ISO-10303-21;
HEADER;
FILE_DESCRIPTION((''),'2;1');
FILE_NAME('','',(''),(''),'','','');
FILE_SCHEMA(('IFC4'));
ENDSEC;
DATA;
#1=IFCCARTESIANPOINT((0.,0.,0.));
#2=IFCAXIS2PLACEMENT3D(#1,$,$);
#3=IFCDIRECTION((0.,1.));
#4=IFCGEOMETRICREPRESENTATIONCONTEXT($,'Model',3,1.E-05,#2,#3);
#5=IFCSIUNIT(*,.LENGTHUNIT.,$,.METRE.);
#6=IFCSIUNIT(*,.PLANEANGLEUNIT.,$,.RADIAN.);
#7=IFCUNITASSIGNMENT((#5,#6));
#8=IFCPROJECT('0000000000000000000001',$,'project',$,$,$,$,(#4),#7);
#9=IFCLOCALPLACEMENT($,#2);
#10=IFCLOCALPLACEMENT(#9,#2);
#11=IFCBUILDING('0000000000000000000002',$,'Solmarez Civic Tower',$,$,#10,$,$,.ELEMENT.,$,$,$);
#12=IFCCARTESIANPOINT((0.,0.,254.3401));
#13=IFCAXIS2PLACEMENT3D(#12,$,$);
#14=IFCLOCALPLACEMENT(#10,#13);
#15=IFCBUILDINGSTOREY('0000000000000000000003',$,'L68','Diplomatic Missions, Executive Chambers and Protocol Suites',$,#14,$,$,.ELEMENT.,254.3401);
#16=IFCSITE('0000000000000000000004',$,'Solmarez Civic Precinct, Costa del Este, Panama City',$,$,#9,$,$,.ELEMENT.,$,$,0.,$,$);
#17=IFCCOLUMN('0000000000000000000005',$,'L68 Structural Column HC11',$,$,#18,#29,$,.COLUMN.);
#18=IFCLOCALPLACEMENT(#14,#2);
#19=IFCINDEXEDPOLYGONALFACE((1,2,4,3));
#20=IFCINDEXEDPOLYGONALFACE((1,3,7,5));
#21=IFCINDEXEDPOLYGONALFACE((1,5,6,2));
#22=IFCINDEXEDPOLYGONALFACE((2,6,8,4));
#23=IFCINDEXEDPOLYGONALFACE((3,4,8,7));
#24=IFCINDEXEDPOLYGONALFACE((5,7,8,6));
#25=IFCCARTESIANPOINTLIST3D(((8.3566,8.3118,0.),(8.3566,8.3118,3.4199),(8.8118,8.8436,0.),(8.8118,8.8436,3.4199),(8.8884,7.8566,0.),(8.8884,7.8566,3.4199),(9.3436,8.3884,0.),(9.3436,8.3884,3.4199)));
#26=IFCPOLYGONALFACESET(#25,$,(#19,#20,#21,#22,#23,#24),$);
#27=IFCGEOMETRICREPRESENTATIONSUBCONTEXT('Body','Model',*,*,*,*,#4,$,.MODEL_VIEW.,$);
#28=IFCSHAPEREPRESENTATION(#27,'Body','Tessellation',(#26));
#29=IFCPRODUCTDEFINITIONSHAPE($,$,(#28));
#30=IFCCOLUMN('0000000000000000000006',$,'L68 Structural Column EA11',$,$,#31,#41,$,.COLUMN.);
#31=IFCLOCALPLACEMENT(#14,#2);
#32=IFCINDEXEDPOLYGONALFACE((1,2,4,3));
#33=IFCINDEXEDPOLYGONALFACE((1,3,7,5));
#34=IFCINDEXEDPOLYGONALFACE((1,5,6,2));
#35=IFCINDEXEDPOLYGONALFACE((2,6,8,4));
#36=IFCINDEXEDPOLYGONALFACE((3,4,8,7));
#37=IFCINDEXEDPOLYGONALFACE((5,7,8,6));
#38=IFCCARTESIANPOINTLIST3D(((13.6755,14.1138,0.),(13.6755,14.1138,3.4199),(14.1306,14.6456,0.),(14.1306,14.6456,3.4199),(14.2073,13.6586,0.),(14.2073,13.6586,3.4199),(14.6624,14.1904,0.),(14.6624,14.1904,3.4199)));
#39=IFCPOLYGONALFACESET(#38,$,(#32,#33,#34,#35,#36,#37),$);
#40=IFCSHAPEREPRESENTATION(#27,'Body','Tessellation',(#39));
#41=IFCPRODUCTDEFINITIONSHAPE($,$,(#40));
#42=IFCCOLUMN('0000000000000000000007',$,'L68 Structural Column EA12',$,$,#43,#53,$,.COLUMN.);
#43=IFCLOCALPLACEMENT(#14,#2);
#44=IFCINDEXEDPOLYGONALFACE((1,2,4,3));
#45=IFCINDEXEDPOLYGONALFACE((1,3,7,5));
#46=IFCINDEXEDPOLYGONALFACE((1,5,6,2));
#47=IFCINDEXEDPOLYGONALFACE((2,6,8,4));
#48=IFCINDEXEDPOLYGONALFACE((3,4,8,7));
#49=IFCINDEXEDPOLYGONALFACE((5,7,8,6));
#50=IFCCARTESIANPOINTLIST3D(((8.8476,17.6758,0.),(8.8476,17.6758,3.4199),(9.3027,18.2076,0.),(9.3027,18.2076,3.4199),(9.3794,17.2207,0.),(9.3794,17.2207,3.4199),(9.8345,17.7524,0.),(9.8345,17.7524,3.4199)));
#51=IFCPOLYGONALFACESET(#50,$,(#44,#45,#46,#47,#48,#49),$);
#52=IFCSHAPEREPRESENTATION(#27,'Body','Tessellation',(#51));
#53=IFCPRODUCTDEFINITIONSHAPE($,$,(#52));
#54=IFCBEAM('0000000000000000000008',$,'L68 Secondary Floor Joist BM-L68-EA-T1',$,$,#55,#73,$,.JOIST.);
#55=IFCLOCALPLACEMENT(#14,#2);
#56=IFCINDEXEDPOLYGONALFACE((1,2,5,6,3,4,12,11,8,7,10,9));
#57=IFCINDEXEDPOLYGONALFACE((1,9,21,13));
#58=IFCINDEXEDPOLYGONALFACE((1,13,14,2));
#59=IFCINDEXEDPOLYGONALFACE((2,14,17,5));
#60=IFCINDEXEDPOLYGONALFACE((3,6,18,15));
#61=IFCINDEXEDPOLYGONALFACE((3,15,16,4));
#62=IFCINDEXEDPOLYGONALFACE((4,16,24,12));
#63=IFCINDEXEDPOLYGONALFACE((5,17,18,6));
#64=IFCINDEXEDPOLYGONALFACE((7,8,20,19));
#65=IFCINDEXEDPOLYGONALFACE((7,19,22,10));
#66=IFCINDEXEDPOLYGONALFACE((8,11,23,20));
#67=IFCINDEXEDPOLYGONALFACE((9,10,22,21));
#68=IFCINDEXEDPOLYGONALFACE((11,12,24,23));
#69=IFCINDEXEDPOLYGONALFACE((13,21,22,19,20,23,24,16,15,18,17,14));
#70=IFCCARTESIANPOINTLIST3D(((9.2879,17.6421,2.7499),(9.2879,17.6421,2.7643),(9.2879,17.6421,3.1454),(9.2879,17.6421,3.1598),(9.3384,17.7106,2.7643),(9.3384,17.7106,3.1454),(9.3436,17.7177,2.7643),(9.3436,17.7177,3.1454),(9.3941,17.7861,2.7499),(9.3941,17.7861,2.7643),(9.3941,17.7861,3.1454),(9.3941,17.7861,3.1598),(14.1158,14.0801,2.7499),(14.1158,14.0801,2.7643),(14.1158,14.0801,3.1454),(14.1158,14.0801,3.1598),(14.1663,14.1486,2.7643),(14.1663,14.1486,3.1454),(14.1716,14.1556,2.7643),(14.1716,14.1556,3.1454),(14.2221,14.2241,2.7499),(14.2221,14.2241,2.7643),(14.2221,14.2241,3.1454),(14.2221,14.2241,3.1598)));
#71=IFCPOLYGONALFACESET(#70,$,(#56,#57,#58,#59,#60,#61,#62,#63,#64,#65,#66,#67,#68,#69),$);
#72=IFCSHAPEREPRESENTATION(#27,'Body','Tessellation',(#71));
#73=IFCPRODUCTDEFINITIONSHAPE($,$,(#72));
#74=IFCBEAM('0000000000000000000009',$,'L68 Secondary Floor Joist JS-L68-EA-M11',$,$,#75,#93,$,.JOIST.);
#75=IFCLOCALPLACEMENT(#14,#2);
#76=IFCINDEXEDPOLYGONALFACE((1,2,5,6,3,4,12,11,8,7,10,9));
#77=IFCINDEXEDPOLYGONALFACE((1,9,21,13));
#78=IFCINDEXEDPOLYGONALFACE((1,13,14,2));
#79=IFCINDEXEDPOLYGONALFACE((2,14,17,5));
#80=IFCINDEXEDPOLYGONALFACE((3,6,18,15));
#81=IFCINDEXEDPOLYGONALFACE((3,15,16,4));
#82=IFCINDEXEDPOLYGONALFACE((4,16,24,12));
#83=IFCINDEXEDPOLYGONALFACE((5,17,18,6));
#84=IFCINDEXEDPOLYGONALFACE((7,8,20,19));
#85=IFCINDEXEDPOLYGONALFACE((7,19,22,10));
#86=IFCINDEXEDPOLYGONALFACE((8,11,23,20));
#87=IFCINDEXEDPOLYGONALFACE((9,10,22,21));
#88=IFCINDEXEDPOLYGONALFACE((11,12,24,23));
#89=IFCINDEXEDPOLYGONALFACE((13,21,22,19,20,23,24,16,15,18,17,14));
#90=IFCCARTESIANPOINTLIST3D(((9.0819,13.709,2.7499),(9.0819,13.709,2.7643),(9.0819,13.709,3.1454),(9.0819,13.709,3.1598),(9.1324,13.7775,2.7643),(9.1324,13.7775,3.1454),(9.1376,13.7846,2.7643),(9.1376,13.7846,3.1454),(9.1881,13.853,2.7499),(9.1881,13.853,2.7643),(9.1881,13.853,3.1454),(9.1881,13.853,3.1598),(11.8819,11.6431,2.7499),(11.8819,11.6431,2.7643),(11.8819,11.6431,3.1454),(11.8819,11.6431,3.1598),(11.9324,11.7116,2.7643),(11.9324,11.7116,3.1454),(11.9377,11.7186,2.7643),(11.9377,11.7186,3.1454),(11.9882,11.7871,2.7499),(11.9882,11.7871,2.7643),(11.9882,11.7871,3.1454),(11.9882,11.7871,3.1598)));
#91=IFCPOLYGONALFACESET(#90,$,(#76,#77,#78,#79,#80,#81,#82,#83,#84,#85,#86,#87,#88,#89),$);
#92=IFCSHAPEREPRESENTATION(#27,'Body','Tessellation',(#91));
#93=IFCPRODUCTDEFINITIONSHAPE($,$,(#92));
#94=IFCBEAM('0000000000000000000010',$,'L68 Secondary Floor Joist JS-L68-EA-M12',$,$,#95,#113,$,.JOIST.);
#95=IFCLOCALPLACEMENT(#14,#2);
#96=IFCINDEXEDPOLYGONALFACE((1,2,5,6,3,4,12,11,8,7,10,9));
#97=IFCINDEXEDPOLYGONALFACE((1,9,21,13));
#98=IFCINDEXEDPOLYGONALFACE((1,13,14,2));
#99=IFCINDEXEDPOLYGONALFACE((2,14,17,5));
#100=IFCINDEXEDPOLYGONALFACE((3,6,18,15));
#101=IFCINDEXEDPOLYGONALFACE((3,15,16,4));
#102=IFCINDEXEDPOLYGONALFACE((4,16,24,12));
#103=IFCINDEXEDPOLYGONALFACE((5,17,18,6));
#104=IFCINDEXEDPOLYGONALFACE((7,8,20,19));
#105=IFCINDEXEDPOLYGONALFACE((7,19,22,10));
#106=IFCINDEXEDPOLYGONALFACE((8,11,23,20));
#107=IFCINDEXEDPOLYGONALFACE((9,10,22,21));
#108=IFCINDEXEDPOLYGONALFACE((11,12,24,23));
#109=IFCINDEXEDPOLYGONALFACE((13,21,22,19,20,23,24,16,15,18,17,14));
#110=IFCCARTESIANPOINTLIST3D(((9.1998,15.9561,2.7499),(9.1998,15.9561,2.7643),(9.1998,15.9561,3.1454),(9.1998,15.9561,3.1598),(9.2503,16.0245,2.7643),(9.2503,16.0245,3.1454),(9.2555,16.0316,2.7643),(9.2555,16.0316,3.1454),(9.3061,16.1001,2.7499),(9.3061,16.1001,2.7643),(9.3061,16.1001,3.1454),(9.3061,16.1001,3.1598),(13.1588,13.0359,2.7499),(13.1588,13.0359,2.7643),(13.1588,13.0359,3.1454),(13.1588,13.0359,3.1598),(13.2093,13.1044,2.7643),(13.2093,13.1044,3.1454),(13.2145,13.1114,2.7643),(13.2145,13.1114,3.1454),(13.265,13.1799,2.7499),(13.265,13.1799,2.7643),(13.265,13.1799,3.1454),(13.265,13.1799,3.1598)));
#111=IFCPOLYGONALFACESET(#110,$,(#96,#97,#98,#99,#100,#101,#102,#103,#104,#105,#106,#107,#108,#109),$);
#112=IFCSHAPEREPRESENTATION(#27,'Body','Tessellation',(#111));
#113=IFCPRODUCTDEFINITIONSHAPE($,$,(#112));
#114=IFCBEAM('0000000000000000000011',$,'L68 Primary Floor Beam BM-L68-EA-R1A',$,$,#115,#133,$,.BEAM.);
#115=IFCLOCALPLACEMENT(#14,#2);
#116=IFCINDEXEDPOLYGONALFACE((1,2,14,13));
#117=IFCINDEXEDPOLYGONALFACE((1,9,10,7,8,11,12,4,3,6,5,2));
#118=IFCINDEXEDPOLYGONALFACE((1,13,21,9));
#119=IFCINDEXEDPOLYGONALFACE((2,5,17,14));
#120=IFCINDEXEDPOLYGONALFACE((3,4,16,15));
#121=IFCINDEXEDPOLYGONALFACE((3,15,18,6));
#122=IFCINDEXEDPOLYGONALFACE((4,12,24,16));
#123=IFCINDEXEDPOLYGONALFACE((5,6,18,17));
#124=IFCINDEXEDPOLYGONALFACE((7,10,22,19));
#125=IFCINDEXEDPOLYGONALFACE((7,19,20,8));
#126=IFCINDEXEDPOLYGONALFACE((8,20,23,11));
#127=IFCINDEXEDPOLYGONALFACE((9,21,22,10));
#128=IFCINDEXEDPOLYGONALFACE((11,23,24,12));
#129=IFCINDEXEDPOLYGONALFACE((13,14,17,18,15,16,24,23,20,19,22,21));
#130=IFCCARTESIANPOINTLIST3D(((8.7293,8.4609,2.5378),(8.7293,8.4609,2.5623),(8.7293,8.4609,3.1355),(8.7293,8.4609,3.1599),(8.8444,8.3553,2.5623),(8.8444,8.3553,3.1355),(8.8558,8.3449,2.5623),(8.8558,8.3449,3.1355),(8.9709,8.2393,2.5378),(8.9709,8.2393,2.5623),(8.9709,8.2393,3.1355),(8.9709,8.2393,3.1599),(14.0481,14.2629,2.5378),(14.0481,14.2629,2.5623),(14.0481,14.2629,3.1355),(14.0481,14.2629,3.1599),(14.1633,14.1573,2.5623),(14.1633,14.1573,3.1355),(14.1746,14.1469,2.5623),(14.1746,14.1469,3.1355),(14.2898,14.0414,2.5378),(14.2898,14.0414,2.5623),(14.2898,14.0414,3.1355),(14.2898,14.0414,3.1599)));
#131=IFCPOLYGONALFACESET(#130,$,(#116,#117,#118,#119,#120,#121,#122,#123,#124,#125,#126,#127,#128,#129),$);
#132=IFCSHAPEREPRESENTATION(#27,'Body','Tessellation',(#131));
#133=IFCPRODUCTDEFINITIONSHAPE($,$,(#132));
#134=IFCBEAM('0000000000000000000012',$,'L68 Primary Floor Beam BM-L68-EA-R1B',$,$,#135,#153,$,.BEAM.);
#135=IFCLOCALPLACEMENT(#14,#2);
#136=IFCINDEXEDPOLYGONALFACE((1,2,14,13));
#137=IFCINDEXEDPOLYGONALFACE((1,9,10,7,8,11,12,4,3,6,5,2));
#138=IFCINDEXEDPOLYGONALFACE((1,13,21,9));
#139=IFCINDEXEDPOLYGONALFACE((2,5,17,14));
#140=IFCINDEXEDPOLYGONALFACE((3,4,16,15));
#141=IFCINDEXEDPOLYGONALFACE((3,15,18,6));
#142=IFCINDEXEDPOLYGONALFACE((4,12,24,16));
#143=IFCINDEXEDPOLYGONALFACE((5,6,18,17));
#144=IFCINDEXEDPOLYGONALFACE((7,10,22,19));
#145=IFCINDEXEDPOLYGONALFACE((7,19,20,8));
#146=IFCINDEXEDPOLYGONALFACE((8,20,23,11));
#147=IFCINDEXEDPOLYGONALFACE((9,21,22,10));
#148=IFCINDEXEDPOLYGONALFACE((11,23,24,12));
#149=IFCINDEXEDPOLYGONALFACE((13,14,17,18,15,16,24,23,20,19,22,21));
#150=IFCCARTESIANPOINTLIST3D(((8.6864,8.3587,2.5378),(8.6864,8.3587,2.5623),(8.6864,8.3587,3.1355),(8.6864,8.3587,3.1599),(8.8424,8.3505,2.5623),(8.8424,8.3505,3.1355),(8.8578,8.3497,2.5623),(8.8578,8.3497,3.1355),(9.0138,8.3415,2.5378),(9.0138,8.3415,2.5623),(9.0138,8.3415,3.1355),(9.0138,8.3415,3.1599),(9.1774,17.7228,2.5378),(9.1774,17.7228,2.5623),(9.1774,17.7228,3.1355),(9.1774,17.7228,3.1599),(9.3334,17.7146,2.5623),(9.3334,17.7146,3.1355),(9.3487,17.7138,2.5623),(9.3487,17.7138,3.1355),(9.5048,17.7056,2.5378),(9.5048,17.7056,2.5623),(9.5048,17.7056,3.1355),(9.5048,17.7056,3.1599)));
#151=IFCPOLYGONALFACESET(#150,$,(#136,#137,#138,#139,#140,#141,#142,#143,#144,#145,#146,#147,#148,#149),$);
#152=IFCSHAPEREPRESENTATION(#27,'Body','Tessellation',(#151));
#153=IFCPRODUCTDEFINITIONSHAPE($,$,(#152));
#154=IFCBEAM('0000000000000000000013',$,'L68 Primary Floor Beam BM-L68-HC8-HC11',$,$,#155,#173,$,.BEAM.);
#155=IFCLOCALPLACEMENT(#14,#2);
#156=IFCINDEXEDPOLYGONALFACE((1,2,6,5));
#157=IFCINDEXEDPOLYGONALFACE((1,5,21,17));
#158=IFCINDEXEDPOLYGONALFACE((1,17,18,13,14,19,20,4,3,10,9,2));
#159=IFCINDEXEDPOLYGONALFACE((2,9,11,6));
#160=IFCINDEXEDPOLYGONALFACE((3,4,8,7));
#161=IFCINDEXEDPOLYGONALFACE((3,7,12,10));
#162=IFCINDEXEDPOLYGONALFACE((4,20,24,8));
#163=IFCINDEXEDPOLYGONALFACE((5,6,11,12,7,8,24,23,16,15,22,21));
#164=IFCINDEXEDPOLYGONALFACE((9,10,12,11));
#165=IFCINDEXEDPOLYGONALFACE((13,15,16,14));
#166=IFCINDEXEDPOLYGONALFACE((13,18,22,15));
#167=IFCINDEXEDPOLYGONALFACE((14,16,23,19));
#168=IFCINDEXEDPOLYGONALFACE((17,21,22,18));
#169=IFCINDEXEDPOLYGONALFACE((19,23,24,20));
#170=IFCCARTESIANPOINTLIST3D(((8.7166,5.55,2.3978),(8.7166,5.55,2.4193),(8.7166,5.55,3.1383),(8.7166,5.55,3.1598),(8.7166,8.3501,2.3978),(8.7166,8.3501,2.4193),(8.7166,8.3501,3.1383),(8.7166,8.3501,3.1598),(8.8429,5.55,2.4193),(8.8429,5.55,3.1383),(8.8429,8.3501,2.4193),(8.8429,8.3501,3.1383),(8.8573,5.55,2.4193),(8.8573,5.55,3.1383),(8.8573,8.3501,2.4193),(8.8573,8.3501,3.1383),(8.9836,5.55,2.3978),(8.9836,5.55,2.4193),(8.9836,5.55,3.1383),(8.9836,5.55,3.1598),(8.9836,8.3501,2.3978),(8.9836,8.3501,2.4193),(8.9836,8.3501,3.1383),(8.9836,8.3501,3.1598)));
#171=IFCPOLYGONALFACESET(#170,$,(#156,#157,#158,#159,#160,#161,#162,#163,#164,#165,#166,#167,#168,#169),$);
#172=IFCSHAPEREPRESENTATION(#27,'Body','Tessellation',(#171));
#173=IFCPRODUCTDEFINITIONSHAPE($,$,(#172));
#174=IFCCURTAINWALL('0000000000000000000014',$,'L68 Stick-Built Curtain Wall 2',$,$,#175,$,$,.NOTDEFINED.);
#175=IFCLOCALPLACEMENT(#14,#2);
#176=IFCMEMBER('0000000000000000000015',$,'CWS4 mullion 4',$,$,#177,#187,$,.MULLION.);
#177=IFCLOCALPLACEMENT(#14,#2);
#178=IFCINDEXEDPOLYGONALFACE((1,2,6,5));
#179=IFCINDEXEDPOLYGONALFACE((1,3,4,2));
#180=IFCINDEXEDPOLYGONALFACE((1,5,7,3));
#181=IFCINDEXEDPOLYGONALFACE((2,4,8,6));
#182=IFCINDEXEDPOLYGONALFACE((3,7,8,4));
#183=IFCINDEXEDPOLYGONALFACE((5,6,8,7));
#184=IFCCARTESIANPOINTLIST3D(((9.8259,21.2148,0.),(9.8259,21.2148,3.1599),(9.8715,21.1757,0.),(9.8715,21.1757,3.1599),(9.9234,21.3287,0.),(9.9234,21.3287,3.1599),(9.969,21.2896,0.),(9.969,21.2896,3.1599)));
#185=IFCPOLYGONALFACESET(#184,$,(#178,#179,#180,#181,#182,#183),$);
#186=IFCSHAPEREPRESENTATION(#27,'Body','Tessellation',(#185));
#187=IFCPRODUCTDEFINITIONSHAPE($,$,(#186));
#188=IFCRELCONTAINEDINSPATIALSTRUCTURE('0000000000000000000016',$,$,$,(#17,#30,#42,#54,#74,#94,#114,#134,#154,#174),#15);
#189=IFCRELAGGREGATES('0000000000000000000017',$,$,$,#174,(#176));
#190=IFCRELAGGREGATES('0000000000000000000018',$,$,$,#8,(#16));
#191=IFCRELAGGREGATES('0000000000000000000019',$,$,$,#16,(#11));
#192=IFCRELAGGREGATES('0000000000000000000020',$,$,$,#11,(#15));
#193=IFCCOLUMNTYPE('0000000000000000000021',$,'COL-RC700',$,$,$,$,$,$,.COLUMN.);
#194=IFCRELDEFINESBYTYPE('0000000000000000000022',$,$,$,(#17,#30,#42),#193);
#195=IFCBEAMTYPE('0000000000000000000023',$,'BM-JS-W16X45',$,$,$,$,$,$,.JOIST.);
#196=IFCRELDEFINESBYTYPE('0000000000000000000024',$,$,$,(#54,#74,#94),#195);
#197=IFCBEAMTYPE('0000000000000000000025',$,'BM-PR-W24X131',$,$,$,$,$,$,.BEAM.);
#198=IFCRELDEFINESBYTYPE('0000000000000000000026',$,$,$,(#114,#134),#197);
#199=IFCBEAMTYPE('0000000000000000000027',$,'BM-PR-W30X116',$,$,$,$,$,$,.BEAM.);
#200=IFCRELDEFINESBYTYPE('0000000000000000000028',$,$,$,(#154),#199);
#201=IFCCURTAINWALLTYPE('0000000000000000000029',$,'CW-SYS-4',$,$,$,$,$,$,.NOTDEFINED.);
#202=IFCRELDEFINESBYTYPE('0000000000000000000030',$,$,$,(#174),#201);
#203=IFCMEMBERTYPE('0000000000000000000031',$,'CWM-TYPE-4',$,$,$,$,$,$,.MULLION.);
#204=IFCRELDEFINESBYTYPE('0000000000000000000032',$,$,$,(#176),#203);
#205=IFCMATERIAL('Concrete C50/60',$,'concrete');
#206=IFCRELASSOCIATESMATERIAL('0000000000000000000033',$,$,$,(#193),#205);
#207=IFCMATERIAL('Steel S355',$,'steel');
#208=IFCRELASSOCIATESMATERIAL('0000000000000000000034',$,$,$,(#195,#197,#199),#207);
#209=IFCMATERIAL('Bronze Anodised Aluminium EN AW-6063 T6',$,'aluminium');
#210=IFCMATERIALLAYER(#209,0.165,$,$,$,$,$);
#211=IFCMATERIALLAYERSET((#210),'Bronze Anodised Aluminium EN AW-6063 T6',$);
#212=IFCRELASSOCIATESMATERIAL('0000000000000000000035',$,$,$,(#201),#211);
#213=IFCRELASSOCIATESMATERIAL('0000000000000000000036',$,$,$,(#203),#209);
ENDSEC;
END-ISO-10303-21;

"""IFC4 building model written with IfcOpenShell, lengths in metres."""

from ifc_helpers import new_model, si_unit, direction, frame, origin, origin_2d, place, context, subcontext, project, spatial, rectangle, i_section, extrude, material, layer, layer_set, material_profile, profile_set, type_object, element, aggregate, save


model = new_model("IFC4")

# Units and contexts
model_context = context("Model", 3, precision=1e-05, world=origin(), true_north=direction((0.0, 1.0)))
body_context = subcontext(model_context, "Body", "Model", "MODEL_VIEW")
ifc_project = project(units=[si_unit("LENGTHUNIT", "METRE"), si_unit("PLANEANGLEUNIT", "RADIAN")], contexts=[model_context])

# Site, building, storey
site_placement = place(None, origin())
site = spatial("IfcSite", under=ifc_project, at=site_placement, Name="Solmarez Civic Precinct, Costa del Este, Panama City", CompositionType="ELEMENT", RefElevation=0.0)
building_placement = place(site_placement, origin())
building = spatial("IfcBuilding", under=site, at=building_placement, Name="Solmarez Civic Tower", CompositionType="ELEMENT")
storey_placement = place(building_placement, frame((0.0, 0.0, 254.3401)))
storey = spatial("IfcBuildingStorey", under=building, at=storey_placement, Name="L68", Description="Diplomatic Missions, Executive Chambers and Protocol Suites", CompositionType="ELEMENT", Elevation=254.3401)

# Columns
ifc_material_1 = material(Name="Concrete C50/60", Category="concrete")
ifc_material_profile_1 = material_profile(ifc_material_1, rectangle(XDim=0.7, YDim=0.7, at=origin_2d()), Name="RC700X700")
ifc_profile_set_1 = profile_set([ifc_material_profile_1], Name="Concrete C50/60")
column_type = type_object("IfcColumnType", Name="COL-RC700", PredefinedType="COLUMN", material=ifc_profile_set_1)
for number, where, z_axis, x_axis, name in (
    (1, (8.8501, 8.3501, 0.0), (0.0, 0.0, 1.0), (0.650244, 0.759725, 0.0), "L68 Structural Column HC11"),
    (2, (14.1689, 14.1521, 0.0), (0.0, 0.0, 1.0), (0.650244, 0.759725, 0.0), "L68 Structural Column EA11"),
    (3, (9.3411, 17.7141, 0.0), (0.0, 0.0, 1.0), (0.650244, 0.759725, 0.0), "L68 Structural Column EA12"),
):
    element("IfcColumn", number, at=place(storey_placement, frame(where, z_axis=z_axis, x_axis=x_axis)), inside=storey, type_object=column_type, Name=name, PredefinedType="COLUMN", context=body_context, shape_type="SweptSolid", body=[
        extrude(rectangle(XDim=0.7, YDim=0.7, at=origin_2d()), origin(), (0.0, 0.0, 1.0), 3.4199),
    ])

# Beams
ifc_material_2 = material(Name="Steel S355", Category="steel")
ifc_material_profile_2 = material_profile(ifc_material_2, i_section(OverallWidth=0.179, OverallDepth=0.4099, WebThickness=0.0088, FlangeThickness=0.0144, at=origin_2d()), Name="W16X45")
ifc_profile_set_2 = profile_set([ifc_material_profile_2], Name="Steel S355")
beam_type_1 = type_object("IfcBeamType", Name="BM-JS-W16X45", PredefinedType="JOIST", material=ifc_profile_set_2)
beam_1_placement = place(storey_placement, frame((14.1689, 14.1521, 2.9548), z_axis=(-0.804687, 0.593699, 0.0), x_axis=(-0.593699, -0.804687, 0.0)))
element("IfcBeam", 4, at=beam_1_placement, inside=storey, type_object=beam_type_1, Name="L68 Secondary Floor Joist BM-L68-EA-T1", PredefinedType="JOIST", context=body_context, shape_type="SweptSolid", body=[
    extrude(i_section(OverallWidth=0.179, OverallDepth=0.4099, WebThickness=0.0088, FlangeThickness=0.0144, at=origin_2d()), origin(), (0.0, 0.0, 1.0), 5.9998),
])
beam_2_placement = place(storey_placement, frame((11.9351, 11.7151, 2.9548), z_axis=(-0.804682, 0.593706, 0.0), x_axis=(-0.593706, -0.804682, 0.0)))
element("IfcBeam", 5, at=beam_2_placement, inside=storey, type_object=beam_type_1, Name="L68 Secondary Floor Joist JS-L68-EA-M11", PredefinedType="JOIST", context=body_context, shape_type="SweptSolid", body=[
    extrude(i_section(OverallWidth=0.179, OverallDepth=0.4099, WebThickness=0.0088, FlangeThickness=0.0144, at=origin_2d()), origin(), (0.0, 0.0, 1.0), 3.4797),
])
beam_3_placement = place(storey_placement, frame((13.2119, 13.1079, 2.9548), z_axis=(-0.804763, 0.593597, 0.0), x_axis=(-0.593597, -0.804763, 0.0)))
element("IfcBeam", 6, at=beam_3_placement, inside=storey, type_object=beam_type_1, Name="L68 Secondary Floor Joist JS-L68-EA-M12", PredefinedType="JOIST", context=body_context, shape_type="SweptSolid", body=[
    extrude(i_section(OverallWidth=0.179, OverallDepth=0.4099, WebThickness=0.0088, FlangeThickness=0.0144, at=origin_2d()), origin(), (0.0, 0.0, 1.0), 4.9194),
])
ifc_material_profile_3 = material_profile(ifc_material_2, i_section(OverallWidth=0.3279, OverallDepth=0.6221, WebThickness=0.0154, FlangeThickness=0.0244, at=origin_2d()), Name="W24X131")
ifc_profile_set_3 = profile_set([ifc_material_profile_3], Name="Steel S355")
beam_type_2 = type_object("IfcBeamType", Name="BM-PR-W24X131", PredefinedType="BEAM", material=ifc_profile_set_3)
beam_4_placement = place(storey_placement, frame((8.8501, 8.3501, 2.8489), z_axis=(0.675749, 0.737132, 0.0), x_axis=(-0.737132, 0.675749, 0.0)))
element("IfcBeam", 7, at=beam_4_placement, inside=storey, type_object=beam_type_2, Name="L68 Primary Floor Beam BM-L68-EA-R1A", PredefinedType="BEAM", context=body_context, shape_type="SweptSolid", body=[
    extrude(i_section(OverallWidth=0.3279, OverallDepth=0.6221, WebThickness=0.0154, FlangeThickness=0.0244, at=origin_2d()), origin(), (0.0, 0.0, 1.0), 7.8711),
])
beam_5_placement = place(storey_placement, frame((8.8501, 8.3501, 2.8489), z_axis=(0.052359, 0.998628, 0.0), x_axis=(-0.998628, 0.052359, 0.0)))
element("IfcBeam", 8, at=beam_5_placement, inside=storey, type_object=beam_type_2, Name="L68 Primary Floor Beam BM-L68-EA-R1B", PredefinedType="BEAM", context=body_context, shape_type="SweptSolid", body=[
    extrude(i_section(OverallWidth=0.3279, OverallDepth=0.6221, WebThickness=0.0154, FlangeThickness=0.0244, at=origin_2d()), origin(), (0.0, 0.0, 1.0), 9.377),
])
ifc_material_profile_4 = material_profile(ifc_material_2, i_section(OverallWidth=0.2671, OverallDepth=0.762, WebThickness=0.0144, FlangeThickness=0.0215, at=origin_2d()), Name="W30X116")
ifc_profile_set_4 = profile_set([ifc_material_profile_4], Name="Steel S355")
beam_type_3 = type_object("IfcBeamType", Name="BM-PR-W30X116", PredefinedType="BEAM", material=ifc_profile_set_4)
beam_6_placement = place(storey_placement, frame((8.8501, 5.55, 2.7788), z_axis=(0.0, 1.0, 0.0), x_axis=(-1.0, 0.0, 0.0)))
element("IfcBeam", 9, at=beam_6_placement, inside=storey, type_object=beam_type_3, Name="L68 Primary Floor Beam BM-L68-HC8-HC11", PredefinedType="BEAM", context=body_context, shape_type="SweptSolid", body=[
    extrude(i_section(OverallWidth=0.2671, OverallDepth=0.762, WebThickness=0.0144, FlangeThickness=0.0215, at=origin_2d()), origin(), (0.0, 0.0, 1.0), 2.8),
])

# Curtain wall, member
ifc_material_3 = material(Name="Bronze Anodised Aluminium EN AW-6063 T6", Category="aluminium")
ifc_layer_1 = layer(ifc_material_3, 0.165)
ifc_layer_set_1 = layer_set([ifc_layer_1], Name="Bronze Anodised Aluminium EN AW-6063 T6")
curtain_wall_type = type_object("IfcCurtainWallType", Name="CW-SYS-4", PredefinedType="NOTDEFINED", material=ifc_layer_set_1)
curtain_wall_placement = place(storey_placement, origin())
curtain_wall = element("IfcCurtainWall", 10, at=curtain_wall_placement, inside=storey, type_object=curtain_wall_type, Name="L68 Stick-Built Curtain Wall 2", PredefinedType="NOTDEFINED")
ifc_material_profile_5 = material_profile(ifc_material_3, rectangle(XDim=0.0601, YDim=0.1499, at=origin_2d()), Name="CWM-60X150")
ifc_profile_set_5 = profile_set([ifc_material_profile_5], Name="Bronze Anodised Aluminium EN AW-6063 T6")
member_type = type_object("IfcMemberType", Name="CWM-TYPE-4", PredefinedType="MULLION", material=ifc_profile_set_5)
member_placement = place(storey_placement, frame((9.8975, 21.2522, 0.0), z_axis=(0.0, 0.0, 1.0), x_axis=(-0.75971, 0.650262, 0.0)))
member = element("IfcMember", 11, at=member_placement, type_object=member_type, Name="CWS4 mullion 4", PredefinedType="MULLION", context=body_context, shape_type="SweptSolid", body=[
    extrude(rectangle(XDim=0.0601, YDim=0.1499, at=origin_2d()), origin(), (0.0, 0.0, 1.0), 3.1599),
])
aggregate(curtain_wall, [member])

save(model, "model.ifc")
